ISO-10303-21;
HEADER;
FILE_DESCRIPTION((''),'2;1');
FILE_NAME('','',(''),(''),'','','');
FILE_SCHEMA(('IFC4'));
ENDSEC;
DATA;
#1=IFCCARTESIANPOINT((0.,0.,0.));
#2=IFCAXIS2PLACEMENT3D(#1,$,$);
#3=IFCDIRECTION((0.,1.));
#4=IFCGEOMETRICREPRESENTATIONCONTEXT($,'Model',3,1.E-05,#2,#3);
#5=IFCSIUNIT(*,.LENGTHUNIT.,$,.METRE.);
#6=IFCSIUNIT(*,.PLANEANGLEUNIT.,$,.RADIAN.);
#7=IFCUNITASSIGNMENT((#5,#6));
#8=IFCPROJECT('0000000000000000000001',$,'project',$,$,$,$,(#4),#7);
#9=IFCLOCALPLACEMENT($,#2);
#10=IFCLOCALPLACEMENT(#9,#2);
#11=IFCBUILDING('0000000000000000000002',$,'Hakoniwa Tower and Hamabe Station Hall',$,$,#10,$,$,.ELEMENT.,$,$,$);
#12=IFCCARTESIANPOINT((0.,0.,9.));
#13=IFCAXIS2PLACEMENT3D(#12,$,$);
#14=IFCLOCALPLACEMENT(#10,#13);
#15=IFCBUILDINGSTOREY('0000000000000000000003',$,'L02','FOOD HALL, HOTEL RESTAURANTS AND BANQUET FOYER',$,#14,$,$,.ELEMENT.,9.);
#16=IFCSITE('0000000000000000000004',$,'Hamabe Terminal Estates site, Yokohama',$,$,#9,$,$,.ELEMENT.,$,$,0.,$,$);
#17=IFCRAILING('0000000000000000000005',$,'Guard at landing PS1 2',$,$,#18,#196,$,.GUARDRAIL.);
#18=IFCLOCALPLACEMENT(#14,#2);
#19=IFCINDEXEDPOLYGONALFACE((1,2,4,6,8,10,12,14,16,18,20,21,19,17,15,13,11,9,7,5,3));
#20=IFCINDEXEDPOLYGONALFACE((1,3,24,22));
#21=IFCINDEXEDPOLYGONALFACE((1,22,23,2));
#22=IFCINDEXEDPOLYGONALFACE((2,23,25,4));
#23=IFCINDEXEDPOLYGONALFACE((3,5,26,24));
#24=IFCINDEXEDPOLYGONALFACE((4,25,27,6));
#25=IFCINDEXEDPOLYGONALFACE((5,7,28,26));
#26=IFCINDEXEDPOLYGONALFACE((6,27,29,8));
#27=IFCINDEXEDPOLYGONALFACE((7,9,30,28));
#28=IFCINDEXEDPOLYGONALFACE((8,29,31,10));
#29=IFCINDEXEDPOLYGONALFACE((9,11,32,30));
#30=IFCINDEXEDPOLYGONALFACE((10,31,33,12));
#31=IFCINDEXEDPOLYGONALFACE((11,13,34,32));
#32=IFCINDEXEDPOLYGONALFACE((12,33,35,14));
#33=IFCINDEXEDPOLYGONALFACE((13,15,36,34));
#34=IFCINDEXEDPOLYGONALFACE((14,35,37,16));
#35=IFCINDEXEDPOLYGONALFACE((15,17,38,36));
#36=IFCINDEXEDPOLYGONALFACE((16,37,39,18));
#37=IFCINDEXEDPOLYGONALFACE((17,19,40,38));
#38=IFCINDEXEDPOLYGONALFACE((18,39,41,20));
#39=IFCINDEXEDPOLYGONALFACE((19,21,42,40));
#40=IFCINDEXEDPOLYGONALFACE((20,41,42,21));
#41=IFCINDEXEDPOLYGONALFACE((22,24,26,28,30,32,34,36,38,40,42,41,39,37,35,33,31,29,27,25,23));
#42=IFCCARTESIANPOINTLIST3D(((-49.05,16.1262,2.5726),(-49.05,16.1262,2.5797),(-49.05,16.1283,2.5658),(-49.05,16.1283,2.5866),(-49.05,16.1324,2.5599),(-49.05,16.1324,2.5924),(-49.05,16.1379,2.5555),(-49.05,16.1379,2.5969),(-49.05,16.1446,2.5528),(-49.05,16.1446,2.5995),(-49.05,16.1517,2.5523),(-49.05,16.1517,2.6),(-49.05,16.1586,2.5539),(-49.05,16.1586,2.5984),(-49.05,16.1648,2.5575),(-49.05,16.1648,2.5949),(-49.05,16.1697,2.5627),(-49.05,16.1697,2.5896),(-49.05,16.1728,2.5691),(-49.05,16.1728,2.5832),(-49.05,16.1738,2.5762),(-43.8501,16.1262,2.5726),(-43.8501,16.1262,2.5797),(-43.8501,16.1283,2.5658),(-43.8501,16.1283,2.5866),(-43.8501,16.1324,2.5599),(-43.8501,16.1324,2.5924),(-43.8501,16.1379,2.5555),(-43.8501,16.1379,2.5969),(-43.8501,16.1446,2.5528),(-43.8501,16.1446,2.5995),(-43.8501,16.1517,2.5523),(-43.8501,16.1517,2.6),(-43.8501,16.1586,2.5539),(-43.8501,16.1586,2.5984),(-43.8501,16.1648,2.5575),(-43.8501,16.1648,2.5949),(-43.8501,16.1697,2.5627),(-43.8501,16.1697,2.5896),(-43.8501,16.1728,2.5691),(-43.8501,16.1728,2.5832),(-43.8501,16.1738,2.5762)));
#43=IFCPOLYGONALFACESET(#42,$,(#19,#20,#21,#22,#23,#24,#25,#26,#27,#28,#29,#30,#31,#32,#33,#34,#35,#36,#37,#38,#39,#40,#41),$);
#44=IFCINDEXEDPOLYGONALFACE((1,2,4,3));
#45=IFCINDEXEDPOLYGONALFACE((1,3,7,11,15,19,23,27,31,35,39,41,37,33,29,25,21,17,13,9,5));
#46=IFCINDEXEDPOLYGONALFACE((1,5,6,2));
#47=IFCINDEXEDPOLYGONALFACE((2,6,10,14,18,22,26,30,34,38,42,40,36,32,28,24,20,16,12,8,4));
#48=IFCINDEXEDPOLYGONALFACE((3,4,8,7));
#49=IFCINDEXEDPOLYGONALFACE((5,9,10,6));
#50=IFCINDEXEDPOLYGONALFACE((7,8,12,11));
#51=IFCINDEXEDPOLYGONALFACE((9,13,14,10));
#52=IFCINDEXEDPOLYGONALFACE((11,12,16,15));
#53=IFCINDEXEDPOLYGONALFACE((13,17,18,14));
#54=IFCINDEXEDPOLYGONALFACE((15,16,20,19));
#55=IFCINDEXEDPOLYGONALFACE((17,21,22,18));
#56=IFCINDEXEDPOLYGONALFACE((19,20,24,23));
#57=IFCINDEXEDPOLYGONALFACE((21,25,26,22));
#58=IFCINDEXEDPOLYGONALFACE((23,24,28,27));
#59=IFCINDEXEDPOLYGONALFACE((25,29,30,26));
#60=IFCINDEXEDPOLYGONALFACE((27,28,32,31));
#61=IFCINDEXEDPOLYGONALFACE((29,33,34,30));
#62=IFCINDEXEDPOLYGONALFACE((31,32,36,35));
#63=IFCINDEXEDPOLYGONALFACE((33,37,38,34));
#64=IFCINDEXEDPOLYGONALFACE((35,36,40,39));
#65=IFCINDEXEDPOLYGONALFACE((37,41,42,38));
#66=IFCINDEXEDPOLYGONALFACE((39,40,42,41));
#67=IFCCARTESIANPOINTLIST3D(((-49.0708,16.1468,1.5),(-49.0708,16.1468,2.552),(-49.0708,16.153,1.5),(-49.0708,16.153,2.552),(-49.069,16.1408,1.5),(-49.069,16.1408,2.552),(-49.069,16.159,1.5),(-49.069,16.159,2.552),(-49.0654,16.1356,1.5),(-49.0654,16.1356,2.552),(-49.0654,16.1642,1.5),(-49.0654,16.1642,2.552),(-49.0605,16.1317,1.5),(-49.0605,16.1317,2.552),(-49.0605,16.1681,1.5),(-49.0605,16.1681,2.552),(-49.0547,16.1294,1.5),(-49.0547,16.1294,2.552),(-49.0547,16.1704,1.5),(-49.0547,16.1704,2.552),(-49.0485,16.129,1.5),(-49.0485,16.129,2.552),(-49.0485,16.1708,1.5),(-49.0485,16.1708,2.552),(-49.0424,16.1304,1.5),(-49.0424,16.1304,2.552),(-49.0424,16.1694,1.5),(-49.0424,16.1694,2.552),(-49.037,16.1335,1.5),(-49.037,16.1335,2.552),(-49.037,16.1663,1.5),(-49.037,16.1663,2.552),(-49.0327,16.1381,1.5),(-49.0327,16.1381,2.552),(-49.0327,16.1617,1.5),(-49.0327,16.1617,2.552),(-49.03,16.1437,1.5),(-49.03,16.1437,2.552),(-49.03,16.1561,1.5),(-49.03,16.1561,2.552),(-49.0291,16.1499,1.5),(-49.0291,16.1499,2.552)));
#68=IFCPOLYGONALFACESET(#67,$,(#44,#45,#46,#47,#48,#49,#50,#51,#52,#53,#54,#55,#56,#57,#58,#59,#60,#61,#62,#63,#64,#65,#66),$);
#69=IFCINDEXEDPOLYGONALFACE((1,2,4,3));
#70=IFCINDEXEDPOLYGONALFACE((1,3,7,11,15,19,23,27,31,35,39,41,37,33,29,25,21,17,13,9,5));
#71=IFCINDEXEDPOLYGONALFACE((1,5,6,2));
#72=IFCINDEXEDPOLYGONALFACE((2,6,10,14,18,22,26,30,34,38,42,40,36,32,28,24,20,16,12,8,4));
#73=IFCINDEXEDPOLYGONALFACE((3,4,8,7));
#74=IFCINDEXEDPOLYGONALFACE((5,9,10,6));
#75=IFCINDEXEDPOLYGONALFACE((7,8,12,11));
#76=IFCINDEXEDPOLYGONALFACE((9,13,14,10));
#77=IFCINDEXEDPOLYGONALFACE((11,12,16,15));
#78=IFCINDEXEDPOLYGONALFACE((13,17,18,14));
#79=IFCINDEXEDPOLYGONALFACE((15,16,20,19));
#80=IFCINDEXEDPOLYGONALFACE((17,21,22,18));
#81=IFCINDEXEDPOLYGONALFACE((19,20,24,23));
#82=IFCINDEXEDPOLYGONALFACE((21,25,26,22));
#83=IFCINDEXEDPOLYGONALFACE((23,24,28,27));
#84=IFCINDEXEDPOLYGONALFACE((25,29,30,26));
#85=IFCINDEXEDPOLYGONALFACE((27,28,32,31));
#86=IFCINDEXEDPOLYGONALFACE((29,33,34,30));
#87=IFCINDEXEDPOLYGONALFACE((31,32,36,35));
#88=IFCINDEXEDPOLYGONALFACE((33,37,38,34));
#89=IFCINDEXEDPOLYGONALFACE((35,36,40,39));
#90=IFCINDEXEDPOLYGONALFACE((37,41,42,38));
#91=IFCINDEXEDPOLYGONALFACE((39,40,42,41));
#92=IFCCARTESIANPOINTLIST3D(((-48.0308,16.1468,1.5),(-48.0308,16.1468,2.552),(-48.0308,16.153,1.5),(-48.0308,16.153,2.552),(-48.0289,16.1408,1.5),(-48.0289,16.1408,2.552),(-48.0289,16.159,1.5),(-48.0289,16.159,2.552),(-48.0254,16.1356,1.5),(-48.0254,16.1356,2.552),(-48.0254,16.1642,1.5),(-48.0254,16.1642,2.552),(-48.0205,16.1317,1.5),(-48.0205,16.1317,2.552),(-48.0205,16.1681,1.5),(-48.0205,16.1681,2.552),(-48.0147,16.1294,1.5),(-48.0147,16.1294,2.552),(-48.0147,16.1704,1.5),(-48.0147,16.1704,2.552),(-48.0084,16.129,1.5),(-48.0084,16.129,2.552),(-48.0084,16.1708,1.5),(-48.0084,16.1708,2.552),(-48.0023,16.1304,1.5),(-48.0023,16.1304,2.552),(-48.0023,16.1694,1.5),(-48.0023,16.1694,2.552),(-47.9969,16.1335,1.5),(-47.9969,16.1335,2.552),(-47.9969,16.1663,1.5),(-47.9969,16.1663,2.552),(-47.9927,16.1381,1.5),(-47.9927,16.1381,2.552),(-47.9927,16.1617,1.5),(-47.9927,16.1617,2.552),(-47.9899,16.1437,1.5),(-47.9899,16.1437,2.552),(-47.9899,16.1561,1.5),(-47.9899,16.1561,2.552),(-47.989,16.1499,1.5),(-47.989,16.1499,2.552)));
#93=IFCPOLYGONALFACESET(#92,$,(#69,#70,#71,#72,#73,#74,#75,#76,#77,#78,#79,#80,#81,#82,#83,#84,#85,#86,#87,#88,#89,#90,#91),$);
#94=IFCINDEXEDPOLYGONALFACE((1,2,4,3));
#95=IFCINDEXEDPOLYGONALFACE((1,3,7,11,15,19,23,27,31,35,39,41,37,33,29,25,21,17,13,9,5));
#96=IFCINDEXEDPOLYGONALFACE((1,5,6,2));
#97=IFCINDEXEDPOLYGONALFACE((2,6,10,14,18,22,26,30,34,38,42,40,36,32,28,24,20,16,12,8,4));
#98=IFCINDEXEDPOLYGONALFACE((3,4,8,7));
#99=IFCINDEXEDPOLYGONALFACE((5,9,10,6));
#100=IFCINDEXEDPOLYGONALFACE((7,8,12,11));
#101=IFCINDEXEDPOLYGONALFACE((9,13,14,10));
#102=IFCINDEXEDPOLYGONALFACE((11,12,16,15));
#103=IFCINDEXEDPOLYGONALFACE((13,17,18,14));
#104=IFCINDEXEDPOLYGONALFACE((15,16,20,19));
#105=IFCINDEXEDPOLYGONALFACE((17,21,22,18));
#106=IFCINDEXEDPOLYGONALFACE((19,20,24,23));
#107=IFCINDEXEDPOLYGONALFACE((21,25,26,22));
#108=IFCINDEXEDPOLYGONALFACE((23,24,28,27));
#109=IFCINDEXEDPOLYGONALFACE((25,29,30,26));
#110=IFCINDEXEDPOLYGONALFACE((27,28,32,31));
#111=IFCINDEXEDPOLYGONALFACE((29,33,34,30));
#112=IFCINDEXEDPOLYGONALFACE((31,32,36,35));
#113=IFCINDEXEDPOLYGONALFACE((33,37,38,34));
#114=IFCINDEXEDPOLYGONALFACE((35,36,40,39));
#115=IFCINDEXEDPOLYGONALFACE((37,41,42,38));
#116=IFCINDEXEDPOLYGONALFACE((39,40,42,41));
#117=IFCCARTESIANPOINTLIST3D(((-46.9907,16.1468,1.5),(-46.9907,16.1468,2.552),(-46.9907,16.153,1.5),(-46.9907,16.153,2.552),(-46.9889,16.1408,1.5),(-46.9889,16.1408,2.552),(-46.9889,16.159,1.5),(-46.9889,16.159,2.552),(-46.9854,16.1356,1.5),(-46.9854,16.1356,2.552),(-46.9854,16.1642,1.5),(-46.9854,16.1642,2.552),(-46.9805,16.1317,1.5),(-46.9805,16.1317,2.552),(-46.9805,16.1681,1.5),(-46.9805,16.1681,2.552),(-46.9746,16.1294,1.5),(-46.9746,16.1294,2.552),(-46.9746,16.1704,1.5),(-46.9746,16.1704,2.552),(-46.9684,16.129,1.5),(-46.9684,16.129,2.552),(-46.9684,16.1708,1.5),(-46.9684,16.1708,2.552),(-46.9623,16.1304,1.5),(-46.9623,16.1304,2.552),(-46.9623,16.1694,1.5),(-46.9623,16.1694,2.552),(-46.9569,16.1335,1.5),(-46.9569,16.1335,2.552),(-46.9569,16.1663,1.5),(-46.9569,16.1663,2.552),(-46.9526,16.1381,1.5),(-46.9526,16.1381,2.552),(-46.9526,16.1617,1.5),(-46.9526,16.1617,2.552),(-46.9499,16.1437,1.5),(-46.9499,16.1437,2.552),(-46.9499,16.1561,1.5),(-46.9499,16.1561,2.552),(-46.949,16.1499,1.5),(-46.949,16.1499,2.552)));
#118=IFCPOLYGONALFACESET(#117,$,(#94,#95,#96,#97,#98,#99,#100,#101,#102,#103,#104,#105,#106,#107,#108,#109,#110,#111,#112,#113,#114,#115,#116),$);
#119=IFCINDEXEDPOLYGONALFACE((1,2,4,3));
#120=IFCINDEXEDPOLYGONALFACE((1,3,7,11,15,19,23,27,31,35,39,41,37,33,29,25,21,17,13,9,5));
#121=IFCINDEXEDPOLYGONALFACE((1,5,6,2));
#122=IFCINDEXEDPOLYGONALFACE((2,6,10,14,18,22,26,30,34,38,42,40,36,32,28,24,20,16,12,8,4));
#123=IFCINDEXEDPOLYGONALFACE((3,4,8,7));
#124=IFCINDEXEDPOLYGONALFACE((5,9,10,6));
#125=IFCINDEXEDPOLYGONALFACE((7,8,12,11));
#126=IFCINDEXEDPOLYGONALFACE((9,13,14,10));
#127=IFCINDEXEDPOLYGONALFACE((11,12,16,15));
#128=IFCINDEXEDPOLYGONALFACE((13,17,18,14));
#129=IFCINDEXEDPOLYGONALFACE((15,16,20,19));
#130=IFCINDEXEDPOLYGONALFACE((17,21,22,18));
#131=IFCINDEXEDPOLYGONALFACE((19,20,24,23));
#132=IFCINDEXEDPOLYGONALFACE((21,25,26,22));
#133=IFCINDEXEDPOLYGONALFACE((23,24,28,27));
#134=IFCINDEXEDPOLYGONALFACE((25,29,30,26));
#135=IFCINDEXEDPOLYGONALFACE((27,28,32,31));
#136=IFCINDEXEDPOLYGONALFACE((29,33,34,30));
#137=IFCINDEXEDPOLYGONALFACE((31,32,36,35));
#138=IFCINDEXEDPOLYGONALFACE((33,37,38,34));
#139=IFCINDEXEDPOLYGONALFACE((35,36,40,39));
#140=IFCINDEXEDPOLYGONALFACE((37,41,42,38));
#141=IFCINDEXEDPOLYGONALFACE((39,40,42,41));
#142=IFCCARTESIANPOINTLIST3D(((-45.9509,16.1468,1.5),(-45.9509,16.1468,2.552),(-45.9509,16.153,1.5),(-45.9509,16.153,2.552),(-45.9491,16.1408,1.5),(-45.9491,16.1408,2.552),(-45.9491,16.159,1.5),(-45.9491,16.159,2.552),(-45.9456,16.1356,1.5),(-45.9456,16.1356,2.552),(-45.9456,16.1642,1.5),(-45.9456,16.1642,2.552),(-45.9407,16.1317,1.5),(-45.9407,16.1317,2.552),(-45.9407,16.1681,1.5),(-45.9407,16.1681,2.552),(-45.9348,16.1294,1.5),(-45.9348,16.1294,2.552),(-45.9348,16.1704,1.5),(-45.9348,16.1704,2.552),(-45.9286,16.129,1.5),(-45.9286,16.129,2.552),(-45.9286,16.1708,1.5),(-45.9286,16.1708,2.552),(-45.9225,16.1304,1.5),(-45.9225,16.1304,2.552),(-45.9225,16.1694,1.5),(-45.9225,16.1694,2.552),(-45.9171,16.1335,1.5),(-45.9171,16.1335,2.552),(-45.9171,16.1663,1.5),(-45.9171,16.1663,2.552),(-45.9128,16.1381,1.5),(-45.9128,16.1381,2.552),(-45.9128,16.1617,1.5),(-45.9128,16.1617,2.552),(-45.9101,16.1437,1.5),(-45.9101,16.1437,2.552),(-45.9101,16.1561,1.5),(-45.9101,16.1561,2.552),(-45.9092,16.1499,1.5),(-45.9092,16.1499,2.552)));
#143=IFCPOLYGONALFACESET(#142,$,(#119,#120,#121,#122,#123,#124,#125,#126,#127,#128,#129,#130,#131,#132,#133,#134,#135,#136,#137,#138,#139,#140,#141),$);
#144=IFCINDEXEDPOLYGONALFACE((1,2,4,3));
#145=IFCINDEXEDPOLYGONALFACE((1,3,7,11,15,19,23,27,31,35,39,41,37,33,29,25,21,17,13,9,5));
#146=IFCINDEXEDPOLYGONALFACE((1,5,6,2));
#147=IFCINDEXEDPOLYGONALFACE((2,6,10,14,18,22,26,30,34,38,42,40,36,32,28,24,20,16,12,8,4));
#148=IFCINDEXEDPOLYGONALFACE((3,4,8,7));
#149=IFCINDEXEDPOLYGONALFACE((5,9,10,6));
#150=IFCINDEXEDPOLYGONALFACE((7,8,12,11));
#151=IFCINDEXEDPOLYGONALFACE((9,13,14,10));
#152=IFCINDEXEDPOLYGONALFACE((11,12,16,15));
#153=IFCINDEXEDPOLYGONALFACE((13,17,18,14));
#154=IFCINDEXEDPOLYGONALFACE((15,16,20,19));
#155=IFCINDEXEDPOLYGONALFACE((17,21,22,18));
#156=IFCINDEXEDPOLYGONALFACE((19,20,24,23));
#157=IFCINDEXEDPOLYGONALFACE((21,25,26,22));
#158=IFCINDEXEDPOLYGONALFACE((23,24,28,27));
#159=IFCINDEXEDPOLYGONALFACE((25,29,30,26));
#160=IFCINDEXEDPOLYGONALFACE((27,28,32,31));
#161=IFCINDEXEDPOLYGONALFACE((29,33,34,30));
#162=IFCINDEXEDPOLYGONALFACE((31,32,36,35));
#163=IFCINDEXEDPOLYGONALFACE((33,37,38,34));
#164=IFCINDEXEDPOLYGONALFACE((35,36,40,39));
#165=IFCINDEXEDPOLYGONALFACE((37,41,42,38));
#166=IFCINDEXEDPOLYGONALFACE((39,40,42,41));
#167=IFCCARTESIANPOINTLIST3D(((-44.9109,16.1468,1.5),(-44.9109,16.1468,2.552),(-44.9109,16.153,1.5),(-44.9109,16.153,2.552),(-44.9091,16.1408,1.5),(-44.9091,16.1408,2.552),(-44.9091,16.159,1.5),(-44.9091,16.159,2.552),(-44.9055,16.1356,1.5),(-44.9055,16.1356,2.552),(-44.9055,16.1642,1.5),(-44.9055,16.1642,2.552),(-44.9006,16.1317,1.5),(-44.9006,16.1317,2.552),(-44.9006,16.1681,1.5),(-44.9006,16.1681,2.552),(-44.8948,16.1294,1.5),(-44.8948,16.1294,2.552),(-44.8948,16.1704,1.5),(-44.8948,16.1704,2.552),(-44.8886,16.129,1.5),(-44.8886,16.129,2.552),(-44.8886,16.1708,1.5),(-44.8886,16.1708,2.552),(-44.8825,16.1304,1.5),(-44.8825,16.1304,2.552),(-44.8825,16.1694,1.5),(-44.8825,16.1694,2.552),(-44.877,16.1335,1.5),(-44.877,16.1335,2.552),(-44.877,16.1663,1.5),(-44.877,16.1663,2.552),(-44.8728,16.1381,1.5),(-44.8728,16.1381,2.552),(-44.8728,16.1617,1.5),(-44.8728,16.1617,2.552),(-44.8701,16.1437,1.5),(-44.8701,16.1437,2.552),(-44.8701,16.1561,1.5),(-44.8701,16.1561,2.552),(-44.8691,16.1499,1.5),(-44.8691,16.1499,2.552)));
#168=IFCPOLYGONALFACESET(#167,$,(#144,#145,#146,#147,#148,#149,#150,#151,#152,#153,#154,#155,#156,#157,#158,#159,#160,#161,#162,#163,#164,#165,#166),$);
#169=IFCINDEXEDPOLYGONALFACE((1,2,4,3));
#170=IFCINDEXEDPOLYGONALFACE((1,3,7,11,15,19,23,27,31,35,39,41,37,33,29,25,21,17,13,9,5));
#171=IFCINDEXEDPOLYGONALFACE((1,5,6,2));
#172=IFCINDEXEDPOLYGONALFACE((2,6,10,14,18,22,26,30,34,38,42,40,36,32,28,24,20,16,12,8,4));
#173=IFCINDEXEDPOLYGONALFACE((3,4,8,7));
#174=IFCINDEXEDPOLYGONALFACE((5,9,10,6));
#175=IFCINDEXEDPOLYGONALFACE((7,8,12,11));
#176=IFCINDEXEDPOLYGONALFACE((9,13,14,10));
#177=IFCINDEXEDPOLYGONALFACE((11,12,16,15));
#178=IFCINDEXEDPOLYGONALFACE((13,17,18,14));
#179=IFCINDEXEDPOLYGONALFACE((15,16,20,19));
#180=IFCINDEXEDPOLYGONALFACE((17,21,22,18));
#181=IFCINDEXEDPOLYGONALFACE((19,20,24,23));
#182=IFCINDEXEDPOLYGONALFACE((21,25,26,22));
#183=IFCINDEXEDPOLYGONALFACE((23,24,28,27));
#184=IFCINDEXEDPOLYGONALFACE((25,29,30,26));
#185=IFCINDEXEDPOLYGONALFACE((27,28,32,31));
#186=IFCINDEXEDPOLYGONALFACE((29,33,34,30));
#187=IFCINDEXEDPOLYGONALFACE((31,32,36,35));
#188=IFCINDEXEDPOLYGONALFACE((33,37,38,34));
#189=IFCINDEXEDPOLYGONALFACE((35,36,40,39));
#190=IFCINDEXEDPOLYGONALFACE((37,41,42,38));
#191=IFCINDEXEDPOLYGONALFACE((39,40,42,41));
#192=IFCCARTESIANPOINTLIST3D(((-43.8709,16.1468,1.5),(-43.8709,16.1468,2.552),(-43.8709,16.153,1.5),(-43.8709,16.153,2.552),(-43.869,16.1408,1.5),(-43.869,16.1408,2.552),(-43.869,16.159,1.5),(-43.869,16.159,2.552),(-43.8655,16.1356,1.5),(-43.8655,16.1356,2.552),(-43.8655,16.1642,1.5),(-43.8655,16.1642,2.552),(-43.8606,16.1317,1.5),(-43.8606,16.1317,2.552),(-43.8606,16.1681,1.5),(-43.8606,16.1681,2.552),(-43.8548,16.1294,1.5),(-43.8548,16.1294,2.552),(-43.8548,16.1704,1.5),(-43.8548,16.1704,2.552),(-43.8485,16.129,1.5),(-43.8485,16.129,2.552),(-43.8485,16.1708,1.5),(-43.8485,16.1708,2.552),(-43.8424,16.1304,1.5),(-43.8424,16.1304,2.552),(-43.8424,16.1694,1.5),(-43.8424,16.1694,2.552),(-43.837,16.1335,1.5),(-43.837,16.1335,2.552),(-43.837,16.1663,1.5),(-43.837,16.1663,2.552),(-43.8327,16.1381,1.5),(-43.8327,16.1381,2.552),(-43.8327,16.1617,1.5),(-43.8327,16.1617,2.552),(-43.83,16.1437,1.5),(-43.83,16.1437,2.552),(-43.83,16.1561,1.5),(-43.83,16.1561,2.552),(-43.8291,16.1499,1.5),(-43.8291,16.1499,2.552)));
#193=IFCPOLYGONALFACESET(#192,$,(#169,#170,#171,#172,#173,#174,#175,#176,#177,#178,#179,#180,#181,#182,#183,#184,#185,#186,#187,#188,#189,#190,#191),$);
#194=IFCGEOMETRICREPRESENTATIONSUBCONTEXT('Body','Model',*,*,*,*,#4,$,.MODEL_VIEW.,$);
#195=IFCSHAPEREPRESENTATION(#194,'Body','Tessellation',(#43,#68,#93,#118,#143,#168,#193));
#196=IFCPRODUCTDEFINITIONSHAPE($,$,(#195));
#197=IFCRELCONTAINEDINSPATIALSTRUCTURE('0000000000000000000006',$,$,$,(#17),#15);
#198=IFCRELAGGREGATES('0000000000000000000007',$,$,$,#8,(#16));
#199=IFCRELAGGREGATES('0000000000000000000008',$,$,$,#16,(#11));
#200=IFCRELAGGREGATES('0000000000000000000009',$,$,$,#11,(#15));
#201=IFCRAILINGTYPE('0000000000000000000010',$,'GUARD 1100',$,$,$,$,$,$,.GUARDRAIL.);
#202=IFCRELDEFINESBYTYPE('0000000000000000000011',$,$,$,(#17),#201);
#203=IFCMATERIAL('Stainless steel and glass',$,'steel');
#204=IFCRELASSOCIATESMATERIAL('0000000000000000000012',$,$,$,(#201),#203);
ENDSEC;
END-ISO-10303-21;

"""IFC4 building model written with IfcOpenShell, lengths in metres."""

from ifc_helpers import new_model, si_unit, direction, frame, origin, origin_2d, place, context, subcontext, project, spatial, circle, extrude, material, type_object, element, save


model = new_model("IFC4")

# Units and contexts
model_context = context("Model", 3, precision=1e-05, world=origin(), true_north=direction((0.0, 1.0)))
body_context = subcontext(model_context, "Body", "Model", "MODEL_VIEW")
ifc_project = project(units=[si_unit("LENGTHUNIT", "METRE"), si_unit("PLANEANGLEUNIT", "RADIAN")], contexts=[model_context])

# Site, building, storey
site_placement = place(None, origin())
site = spatial("IfcSite", under=ifc_project, at=site_placement, Name="Hamabe Terminal Estates site, Yokohama", CompositionType="ELEMENT", RefElevation=0.0)
building_placement = place(site_placement, origin())
building = spatial("IfcBuilding", under=site, at=building_placement, Name="Hakoniwa Tower and Hamabe Station Hall", CompositionType="ELEMENT")
storey_placement = place(building_placement, frame((0.0, 0.0, 9.0)))
storey = spatial("IfcBuildingStorey", under=building, at=storey_placement, Name="L02", Description="FOOD HALL, HOTEL RESTAURANTS AND BANQUET FOYER", CompositionType="ELEMENT", Elevation=9.0)

# Railing
ifc_material_1 = material(Name="Stainless steel and glass", Category="steel")
railing_type = type_object("IfcRailingType", Name="GUARD 1100", PredefinedType="GUARDRAIL", material=ifc_material_1)
for number, where, name in (
    (1, (-49.05, 16.1499, 1.5), "Guard at landing PS1 2"),
):
    element("IfcRailing", number, at=place(storey_placement, frame(where)), inside=storey, type_object=railing_type, Name=name, PredefinedType="GUARDRAIL", context=body_context, shape_type="SweptSolid", body=[
        extrude(circle(Radius=0.0239, at=origin_2d()), frame((0.0, 0.0, 1.0762), z_axis=(1.0, 0.0, 0.0), x_axis=(0.0, 1.0, 0.0)), (0.0, 0.0, 1.0), 5.2),
        extrude(circle(Radius=0.021, at=origin_2d()), origin(), (0.0, 0.0, 1.0), 1.052),
        extrude(circle(Radius=0.021, at=origin_2d()), frame((1.04, 0.0, 0.0)), (0.0, 0.0, 1.0), 1.052),
        extrude(circle(Radius=0.021, at=origin_2d()), frame((2.0801, 0.0, 0.0)), (0.0, 0.0, 1.0), 1.052),
        extrude(circle(Radius=0.021, at=origin_2d()), frame((3.1199, 0.0, 0.0)), (0.0, 0.0, 1.0), 1.052),
        extrude(circle(Radius=0.021, at=origin_2d()), frame((4.1599, 0.0, 0.0)), (0.0, 0.0, 1.0), 1.052),
        extrude(circle(Radius=0.021, at=origin_2d()), frame((5.2, 0.0, 0.0)), (0.0, 0.0, 1.0), 1.052),
    ])

save(model, "model.ifc")
